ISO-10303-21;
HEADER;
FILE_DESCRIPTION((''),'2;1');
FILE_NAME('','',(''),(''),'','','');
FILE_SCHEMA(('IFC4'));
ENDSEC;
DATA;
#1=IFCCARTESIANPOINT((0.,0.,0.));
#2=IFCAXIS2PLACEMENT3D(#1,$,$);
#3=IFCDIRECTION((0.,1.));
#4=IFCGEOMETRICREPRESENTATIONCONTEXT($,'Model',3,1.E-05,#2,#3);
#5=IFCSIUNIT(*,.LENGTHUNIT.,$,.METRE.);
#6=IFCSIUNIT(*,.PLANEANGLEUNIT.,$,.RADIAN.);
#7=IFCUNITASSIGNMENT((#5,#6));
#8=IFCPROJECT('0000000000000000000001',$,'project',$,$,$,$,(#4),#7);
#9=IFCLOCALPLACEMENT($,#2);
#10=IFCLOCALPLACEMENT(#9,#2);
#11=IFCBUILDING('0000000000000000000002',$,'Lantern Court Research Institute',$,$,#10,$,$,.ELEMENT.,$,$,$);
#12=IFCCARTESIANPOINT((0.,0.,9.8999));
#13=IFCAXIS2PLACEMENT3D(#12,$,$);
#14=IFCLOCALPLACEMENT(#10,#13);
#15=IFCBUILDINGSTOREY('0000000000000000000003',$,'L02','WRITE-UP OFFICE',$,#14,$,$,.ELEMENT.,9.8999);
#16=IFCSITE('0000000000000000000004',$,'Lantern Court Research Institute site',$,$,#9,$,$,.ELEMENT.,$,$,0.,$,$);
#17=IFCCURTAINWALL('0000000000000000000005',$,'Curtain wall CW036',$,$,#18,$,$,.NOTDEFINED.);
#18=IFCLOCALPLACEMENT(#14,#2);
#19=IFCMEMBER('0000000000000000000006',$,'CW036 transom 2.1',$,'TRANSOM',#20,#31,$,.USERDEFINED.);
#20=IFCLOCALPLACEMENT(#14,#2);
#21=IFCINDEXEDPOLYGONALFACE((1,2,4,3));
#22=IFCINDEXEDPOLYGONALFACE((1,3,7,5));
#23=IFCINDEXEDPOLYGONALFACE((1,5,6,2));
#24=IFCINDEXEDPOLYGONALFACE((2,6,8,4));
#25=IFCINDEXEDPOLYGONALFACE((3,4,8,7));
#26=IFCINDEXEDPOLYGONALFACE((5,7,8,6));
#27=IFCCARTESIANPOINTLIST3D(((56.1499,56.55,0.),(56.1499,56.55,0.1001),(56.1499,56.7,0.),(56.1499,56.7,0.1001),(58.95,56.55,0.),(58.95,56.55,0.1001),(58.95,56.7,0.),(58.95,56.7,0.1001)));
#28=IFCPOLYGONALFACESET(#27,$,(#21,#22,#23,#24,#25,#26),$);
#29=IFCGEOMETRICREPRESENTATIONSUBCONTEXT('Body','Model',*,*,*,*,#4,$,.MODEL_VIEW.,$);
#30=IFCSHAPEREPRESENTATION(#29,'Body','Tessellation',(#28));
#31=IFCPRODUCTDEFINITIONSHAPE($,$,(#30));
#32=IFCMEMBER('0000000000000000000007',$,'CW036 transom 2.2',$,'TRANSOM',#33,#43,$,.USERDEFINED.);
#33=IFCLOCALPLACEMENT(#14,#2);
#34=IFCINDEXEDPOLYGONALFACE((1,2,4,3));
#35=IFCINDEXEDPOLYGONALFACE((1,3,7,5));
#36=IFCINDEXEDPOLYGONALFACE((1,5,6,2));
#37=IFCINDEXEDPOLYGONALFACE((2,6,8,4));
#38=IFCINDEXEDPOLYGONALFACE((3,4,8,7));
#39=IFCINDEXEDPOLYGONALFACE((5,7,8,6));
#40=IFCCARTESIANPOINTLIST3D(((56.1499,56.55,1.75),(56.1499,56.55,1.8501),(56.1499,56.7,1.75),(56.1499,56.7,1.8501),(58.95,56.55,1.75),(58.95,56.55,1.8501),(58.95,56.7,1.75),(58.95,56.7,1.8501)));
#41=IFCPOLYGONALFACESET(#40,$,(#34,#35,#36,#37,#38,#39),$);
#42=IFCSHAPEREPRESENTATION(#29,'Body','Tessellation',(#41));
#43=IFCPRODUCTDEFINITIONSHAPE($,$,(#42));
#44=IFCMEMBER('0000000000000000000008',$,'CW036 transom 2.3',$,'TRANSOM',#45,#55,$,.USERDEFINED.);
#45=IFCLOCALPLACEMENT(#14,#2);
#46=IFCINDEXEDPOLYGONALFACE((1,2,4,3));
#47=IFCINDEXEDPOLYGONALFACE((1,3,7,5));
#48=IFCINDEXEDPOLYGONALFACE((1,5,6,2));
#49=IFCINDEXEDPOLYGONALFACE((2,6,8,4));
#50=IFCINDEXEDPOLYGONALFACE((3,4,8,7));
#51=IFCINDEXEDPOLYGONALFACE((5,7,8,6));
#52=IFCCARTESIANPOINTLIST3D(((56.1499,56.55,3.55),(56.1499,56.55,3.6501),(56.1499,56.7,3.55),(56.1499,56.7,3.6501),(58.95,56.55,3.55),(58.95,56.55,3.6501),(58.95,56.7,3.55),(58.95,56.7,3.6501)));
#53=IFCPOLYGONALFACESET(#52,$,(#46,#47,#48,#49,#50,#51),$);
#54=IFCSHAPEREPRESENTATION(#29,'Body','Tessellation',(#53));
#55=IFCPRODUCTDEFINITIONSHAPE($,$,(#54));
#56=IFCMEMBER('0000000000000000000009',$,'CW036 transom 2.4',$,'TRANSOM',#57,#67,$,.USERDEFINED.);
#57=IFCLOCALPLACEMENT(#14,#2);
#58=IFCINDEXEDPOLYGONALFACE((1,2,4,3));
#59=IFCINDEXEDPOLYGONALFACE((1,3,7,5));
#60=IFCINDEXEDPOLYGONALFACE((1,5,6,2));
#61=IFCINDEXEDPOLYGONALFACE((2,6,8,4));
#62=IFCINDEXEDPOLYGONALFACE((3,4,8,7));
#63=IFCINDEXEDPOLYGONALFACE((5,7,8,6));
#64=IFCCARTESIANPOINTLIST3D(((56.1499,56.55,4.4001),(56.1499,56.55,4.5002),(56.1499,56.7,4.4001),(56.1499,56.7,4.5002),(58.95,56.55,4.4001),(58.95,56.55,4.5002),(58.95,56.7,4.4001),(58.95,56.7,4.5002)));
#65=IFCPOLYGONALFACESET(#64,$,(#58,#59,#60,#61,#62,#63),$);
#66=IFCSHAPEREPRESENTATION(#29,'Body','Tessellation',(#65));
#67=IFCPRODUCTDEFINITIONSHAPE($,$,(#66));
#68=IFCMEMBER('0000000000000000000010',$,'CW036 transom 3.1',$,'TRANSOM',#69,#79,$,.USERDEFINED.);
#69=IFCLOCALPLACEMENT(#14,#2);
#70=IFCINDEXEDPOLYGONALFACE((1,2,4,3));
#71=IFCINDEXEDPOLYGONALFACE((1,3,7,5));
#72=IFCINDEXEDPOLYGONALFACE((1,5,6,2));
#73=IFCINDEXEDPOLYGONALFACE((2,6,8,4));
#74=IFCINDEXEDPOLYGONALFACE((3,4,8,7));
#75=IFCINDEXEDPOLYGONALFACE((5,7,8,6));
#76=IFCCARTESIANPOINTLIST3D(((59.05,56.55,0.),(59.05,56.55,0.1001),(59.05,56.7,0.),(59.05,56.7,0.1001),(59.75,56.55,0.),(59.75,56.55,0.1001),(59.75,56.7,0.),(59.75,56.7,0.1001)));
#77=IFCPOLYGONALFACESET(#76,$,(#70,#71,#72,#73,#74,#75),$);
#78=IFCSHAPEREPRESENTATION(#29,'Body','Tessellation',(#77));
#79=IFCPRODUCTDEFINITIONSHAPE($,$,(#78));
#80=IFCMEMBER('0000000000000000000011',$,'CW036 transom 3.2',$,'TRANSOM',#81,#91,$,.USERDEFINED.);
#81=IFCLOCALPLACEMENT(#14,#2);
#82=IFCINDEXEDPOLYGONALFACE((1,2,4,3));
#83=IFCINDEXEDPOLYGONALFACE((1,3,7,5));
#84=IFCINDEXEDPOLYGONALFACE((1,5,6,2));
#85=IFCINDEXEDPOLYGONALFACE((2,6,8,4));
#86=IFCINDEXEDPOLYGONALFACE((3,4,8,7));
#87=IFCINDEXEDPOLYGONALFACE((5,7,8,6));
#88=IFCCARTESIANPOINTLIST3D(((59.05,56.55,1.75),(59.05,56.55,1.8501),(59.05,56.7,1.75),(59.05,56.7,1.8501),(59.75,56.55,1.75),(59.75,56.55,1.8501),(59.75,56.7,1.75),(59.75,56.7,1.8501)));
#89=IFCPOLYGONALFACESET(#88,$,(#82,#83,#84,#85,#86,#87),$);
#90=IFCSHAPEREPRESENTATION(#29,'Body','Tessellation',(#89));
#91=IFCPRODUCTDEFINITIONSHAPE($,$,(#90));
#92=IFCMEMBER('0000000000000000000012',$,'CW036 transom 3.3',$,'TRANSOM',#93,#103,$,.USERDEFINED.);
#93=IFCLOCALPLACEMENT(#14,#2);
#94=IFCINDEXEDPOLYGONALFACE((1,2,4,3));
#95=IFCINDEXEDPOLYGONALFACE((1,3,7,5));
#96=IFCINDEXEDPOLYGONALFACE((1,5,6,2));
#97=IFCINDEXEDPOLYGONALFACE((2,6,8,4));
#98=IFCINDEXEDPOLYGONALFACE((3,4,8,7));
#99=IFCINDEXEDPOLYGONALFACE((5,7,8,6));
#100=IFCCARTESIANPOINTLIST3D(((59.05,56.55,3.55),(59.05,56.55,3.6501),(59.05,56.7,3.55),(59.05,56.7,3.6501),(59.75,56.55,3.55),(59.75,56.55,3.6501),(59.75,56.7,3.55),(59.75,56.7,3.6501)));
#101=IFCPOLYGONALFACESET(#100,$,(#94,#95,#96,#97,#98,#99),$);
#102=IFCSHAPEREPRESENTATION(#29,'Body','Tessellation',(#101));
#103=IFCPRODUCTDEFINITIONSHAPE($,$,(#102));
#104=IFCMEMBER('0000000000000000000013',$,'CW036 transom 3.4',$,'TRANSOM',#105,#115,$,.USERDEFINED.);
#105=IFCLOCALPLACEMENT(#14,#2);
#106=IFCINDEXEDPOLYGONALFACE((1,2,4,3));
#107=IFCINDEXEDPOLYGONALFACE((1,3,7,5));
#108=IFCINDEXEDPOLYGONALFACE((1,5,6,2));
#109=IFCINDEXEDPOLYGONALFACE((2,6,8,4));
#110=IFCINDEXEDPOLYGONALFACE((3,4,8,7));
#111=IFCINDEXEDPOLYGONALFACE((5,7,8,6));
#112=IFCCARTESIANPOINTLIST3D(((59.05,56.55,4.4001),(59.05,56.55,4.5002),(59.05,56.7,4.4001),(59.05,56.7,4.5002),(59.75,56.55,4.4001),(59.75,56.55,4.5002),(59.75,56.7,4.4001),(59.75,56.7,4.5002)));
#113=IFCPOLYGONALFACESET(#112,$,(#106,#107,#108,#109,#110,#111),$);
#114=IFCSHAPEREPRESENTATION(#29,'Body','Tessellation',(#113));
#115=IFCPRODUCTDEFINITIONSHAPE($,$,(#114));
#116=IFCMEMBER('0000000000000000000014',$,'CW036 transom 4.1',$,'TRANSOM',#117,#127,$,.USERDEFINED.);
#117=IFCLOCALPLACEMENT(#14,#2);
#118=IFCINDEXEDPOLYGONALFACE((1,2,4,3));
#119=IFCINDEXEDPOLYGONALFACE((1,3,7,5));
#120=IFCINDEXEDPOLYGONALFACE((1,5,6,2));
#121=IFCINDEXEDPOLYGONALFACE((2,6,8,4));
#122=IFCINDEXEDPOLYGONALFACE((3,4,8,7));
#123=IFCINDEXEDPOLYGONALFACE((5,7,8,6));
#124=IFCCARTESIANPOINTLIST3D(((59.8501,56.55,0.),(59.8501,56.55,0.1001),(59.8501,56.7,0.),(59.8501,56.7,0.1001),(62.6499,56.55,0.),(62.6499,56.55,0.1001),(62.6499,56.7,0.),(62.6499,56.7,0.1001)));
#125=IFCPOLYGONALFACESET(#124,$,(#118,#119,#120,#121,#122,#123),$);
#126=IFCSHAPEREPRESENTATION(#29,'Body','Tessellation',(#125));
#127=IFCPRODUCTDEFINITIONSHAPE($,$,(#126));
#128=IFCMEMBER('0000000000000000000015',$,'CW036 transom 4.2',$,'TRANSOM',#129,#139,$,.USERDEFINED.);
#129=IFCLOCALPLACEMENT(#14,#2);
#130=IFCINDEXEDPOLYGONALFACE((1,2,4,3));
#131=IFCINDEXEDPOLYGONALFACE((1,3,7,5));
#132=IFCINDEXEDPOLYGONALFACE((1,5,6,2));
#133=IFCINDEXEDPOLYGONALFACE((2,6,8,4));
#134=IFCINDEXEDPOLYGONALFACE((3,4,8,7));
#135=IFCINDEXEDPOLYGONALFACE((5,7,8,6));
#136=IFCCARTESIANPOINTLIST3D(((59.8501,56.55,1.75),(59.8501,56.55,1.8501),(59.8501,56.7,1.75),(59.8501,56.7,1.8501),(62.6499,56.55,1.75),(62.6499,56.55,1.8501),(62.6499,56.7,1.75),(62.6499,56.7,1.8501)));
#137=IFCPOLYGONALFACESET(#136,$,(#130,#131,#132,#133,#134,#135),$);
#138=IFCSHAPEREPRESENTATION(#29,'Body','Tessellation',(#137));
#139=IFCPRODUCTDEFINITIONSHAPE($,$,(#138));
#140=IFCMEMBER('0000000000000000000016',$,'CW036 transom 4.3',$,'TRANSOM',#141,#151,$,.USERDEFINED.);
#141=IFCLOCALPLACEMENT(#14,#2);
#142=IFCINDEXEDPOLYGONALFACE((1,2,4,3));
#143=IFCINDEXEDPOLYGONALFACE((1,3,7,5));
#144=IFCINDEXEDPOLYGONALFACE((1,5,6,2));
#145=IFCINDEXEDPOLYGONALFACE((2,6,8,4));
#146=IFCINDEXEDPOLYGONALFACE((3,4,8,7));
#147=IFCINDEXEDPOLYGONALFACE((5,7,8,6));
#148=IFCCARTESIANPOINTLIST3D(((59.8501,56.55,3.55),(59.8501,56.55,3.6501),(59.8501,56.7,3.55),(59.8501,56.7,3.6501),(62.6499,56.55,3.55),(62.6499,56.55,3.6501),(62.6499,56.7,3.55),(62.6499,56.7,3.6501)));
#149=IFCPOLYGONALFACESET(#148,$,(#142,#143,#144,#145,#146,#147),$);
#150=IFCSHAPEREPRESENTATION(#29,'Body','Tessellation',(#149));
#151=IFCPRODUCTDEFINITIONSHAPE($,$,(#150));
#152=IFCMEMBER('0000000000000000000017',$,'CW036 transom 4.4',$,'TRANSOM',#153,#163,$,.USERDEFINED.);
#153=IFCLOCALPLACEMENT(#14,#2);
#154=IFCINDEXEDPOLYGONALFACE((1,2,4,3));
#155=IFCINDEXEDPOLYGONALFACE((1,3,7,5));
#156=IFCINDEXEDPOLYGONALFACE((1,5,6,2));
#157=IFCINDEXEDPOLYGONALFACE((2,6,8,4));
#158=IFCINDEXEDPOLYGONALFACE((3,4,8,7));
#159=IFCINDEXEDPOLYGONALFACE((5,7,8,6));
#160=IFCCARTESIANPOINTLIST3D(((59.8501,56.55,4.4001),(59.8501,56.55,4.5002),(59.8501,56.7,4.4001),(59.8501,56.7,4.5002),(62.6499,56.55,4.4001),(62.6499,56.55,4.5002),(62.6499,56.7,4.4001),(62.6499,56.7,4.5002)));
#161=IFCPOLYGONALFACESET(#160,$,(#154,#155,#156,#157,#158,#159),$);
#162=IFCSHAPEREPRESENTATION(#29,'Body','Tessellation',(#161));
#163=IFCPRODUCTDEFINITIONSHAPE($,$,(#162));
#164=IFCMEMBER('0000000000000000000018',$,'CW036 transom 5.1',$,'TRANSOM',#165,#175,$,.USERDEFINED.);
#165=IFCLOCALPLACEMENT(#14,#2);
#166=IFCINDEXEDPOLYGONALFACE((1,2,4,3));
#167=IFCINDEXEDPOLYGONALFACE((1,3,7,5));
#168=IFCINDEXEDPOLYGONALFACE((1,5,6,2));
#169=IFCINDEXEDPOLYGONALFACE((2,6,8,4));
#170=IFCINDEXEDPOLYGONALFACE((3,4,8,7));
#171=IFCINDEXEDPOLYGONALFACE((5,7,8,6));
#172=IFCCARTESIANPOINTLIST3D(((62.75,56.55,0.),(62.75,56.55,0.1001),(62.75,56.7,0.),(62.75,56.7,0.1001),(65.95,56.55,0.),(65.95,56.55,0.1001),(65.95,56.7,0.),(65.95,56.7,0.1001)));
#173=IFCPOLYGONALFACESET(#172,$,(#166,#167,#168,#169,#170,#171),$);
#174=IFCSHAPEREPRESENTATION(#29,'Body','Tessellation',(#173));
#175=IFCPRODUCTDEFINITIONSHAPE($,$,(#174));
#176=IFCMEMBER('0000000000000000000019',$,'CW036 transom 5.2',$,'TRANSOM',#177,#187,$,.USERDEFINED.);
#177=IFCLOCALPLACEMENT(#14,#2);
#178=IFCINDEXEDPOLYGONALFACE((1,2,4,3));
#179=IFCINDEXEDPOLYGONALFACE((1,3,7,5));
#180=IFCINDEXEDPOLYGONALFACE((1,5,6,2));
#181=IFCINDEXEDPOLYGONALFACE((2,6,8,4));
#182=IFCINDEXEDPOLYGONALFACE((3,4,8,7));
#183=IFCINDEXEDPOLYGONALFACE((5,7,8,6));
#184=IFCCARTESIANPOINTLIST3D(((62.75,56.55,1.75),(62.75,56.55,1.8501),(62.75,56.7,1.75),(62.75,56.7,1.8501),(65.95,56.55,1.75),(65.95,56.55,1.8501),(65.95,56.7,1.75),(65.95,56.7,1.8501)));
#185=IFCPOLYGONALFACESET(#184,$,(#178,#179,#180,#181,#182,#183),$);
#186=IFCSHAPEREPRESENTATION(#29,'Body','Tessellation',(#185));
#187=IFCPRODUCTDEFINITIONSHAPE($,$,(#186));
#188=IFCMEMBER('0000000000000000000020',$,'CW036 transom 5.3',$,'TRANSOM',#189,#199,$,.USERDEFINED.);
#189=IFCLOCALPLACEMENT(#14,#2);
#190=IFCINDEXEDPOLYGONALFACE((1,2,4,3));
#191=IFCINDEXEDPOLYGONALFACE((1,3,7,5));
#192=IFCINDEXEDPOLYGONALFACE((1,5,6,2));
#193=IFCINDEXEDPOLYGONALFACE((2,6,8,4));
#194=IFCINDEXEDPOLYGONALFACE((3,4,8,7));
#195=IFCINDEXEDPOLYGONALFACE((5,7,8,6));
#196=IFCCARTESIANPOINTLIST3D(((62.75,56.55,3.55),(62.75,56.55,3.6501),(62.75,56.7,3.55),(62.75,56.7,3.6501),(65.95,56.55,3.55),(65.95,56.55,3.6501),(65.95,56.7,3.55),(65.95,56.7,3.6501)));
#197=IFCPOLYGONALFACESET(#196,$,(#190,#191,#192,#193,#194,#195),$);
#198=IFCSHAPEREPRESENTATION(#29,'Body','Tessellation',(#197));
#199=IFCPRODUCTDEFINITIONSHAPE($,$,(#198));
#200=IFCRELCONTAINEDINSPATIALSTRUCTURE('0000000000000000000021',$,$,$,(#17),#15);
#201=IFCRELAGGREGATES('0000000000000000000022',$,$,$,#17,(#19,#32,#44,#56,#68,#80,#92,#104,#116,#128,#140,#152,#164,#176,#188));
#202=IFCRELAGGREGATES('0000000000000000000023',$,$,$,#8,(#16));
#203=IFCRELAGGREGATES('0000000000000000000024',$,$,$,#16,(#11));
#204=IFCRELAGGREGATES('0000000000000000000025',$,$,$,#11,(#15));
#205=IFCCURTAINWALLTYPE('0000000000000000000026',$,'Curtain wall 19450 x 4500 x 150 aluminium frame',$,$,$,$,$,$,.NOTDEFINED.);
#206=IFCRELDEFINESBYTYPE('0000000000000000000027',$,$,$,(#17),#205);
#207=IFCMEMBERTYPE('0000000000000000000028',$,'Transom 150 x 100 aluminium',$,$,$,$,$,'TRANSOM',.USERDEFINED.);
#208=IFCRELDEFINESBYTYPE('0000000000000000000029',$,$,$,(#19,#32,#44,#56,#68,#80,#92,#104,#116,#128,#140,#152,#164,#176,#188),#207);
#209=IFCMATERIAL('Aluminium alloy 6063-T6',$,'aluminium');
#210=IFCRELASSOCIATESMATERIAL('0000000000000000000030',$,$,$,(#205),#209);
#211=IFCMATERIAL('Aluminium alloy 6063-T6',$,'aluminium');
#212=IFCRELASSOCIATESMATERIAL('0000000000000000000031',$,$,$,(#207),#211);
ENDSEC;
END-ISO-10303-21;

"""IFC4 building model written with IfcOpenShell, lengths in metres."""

from ifc_helpers import new_model, si_unit, direction, frame, origin, origin_2d, place, context, subcontext, project, spatial, rectangle, extrude, material, material_profile, profile_set, type_object, element, aggregate, save


model = new_model("IFC4")

# Units and contexts
model_context = context("Model", 3, precision=1e-05, world=origin(), true_north=direction((0.0, 1.0)))
body_context = subcontext(model_context, "Body", "Model", "MODEL_VIEW")
ifc_project = project(units=[si_unit("LENGTHUNIT", "METRE"), si_unit("PLANEANGLEUNIT", "RADIAN")], contexts=[model_context])

# Site, building, storey
site_placement = place(None, origin())
site = spatial("IfcSite", under=ifc_project, at=site_placement, Name="Lantern Court Research Institute site", CompositionType="ELEMENT", RefElevation=0.0)
building_placement = place(site_placement, origin())
building = spatial("IfcBuilding", under=site, at=building_placement, Name="Lantern Court Research Institute", CompositionType="ELEMENT")
storey_placement = place(building_placement, frame((0.0, 0.0, 9.8999)))
storey = spatial("IfcBuildingStorey", under=building, at=storey_placement, Name="L02", Description="WRITE-UP OFFICE", CompositionType="ELEMENT", Elevation=9.8999)

# Curtain wall, members
ifc_material_1 = material(Name="Aluminium alloy 6063-T6", Category="aluminium")
curtain_wall_type = type_object("IfcCurtainWallType", Name="Curtain wall 19450 x 4500 x 150 aluminium frame", PredefinedType="NOTDEFINED", material=ifc_material_1)
curtain_wall_placement = place(storey_placement, origin())
curtain_wall = element("IfcCurtainWall", 1, at=curtain_wall_placement, inside=storey, type_object=curtain_wall_type, Name="Curtain wall CW036", PredefinedType="NOTDEFINED")
ifc_material_2 = material(Name="Aluminium alloy 6063-T6", Category="aluminium")
ifc_material_profile_1 = material_profile(ifc_material_2, rectangle(XDim=0.1499, YDim=0.1001, at=origin_2d()), Name="Transom 150 x 100")
ifc_profile_set_1 = profile_set([ifc_material_profile_1], Name="Aluminium alloy 6063-T6")
member_type_1 = type_object("IfcMemberType", Name="Transom 150 x 100 aluminium", ElementType="TRANSOM", PredefinedType="USERDEFINED", material=ifc_profile_set_1)
member_1_placement = place(storey_placement, frame((56.1499, 56.625, 0.05), z_axis=(1.0, 0.0, 0.0), x_axis=(0.0, 1.0, 0.0)))
member_1 = element("IfcMember", 2, at=member_1_placement, type_object=member_type_1, Name="CW036 transom 2.1", ObjectType="TRANSOM", PredefinedType="USERDEFINED", context=body_context, shape_type="SweptSolid", body=[
    extrude(rectangle(XDim=0.1499, YDim=0.1001, at=origin_2d()), origin(), (0.0, 0.0, 1.0), 2.8),
])
member_2_placement = place(storey_placement, frame((56.1499, 56.625, 1.8), z_axis=(1.0, 0.0, 0.0), x_axis=(0.0, 1.0, 0.0)))
member_2 = element("IfcMember", 3, at=member_2_placement, type_object=member_type_1, Name="CW036 transom 2.2", ObjectType="TRANSOM", PredefinedType="USERDEFINED", context=body_context, shape_type="SweptSolid", body=[
    extrude(rectangle(XDim=0.1499, YDim=0.1001, at=origin_2d()), origin(), (0.0, 0.0, 1.0), 2.8),
])
member_3_placement = place(storey_placement, frame((56.1499, 56.625, 3.6001), z_axis=(1.0, 0.0, 0.0), x_axis=(0.0, 1.0, 0.0)))
member_3 = element("IfcMember", 4, at=member_3_placement, type_object=member_type_1, Name="CW036 transom 2.3", ObjectType="TRANSOM", PredefinedType="USERDEFINED", context=body_context, shape_type="SweptSolid", body=[
    extrude(rectangle(XDim=0.1499, YDim=0.1001, at=origin_2d()), origin(), (0.0, 0.0, 1.0), 2.8),
])
member_4_placement = place(storey_placement, frame((56.1499, 56.625, 4.4502), z_axis=(1.0, 0.0, 0.0), x_axis=(0.0, 1.0, 0.0)))
member_4 = element("IfcMember", 5, at=member_4_placement, type_object=member_type_1, Name="CW036 transom 2.4", ObjectType="TRANSOM", PredefinedType="USERDEFINED", context=body_context, shape_type="SweptSolid", body=[
    extrude(rectangle(XDim=0.1499, YDim=0.1001, at=origin_2d()), origin(), (0.0, 0.0, 1.0), 2.8),
])
member_5_placement = place(storey_placement, frame((59.05, 56.625, 0.05), z_axis=(1.0, 0.0, 0.0), x_axis=(0.0, 1.0, 0.0)))
member_5 = element("IfcMember", 6, at=member_5_placement, type_object=member_type_1, Name="CW036 transom 3.1", ObjectType="TRANSOM", PredefinedType="USERDEFINED", context=body_context, shape_type="SweptSolid", body=[
    extrude(rectangle(XDim=0.1499, YDim=0.1001, at=origin_2d()), origin(), (0.0, 0.0, 1.0), 0.7),
])
member_6_placement = place(storey_placement, frame((59.05, 56.625, 1.8), z_axis=(1.0, 0.0, 0.0), x_axis=(0.0, 1.0, 0.0)))
member_6 = element("IfcMember", 7, at=member_6_placement, type_object=member_type_1, Name="CW036 transom 3.2", ObjectType="TRANSOM", PredefinedType="USERDEFINED", context=body_context, shape_type="SweptSolid", body=[
    extrude(rectangle(XDim=0.1499, YDim=0.1001, at=origin_2d()), origin(), (0.0, 0.0, 1.0), 0.7),
])
member_7_placement = place(storey_placement, frame((59.05, 56.625, 3.6001), z_axis=(1.0, 0.0, 0.0), x_axis=(0.0, 1.0, 0.0)))
member_7 = element("IfcMember", 8, at=member_7_placement, type_object=member_type_1, Name="CW036 transom 3.3", ObjectType="TRANSOM", PredefinedType="USERDEFINED", context=body_context, shape_type="SweptSolid", body=[
    extrude(rectangle(XDim=0.1499, YDim=0.1001, at=origin_2d()), origin(), (0.0, 0.0, 1.0), 0.7),
])
member_8_placement = place(storey_placement, frame((59.05, 56.625, 4.4502), z_axis=(1.0, 0.0, 0.0), x_axis=(0.0, 1.0, 0.0)))
member_8 = element("IfcMember", 9, at=member_8_placement, type_object=member_type_1, Name="CW036 transom 3.4", ObjectType="TRANSOM", PredefinedType="USERDEFINED", context=body_context, shape_type="SweptSolid", body=[
    extrude(rectangle(XDim=0.1499, YDim=0.1001, at=origin_2d()), origin(), (0.0, 0.0, 1.0), 0.7),
])
member_9_placement = place(storey_placement, frame((59.8501, 56.625, 0.05), z_axis=(1.0, 0.0, 0.0), x_axis=(0.0, 1.0, 0.0)))
member_9 = element("IfcMember", 10, at=member_9_placement, type_object=member_type_1, Name="CW036 transom 4.1", ObjectType="TRANSOM", PredefinedType="USERDEFINED", context=body_context, shape_type="SweptSolid", body=[
    extrude(rectangle(XDim=0.1499, YDim=0.1001, at=origin_2d()), origin(), (0.0, 0.0, 1.0), 2.7998),
])
member_10_placement = place(storey_placement, frame((59.8501, 56.625, 1.8), z_axis=(1.0, 0.0, 0.0), x_axis=(0.0, 1.0, 0.0)))
member_10 = element("IfcMember", 11, at=member_10_placement, type_object=member_type_1, Name="CW036 transom 4.2", ObjectType="TRANSOM", PredefinedType="USERDEFINED", context=body_context, shape_type="SweptSolid", body=[
    extrude(rectangle(XDim=0.1499, YDim=0.1001, at=origin_2d()), origin(), (0.0, 0.0, 1.0), 2.7998),
])
member_11_placement = place(storey_placement, frame((59.8501, 56.625, 3.6001), z_axis=(1.0, 0.0, 0.0), x_axis=(0.0, 1.0, 0.0)))
member_11 = element("IfcMember", 12, at=member_11_placement, type_object=member_type_1, Name="CW036 transom 4.3", ObjectType="TRANSOM", PredefinedType="USERDEFINED", context=body_context, shape_type="SweptSolid", body=[
    extrude(rectangle(XDim=0.1499, YDim=0.1001, at=origin_2d()), origin(), (0.0, 0.0, 1.0), 2.7998),
])
member_12_placement = place(storey_placement, frame((59.8501, 56.625, 4.4502), z_axis=(1.0, 0.0, 0.0), x_axis=(0.0, 1.0, 0.0)))
member_12 = element("IfcMember", 13, at=member_12_placement, type_object=member_type_1, Name="CW036 transom 4.4", ObjectType="TRANSOM", PredefinedType="USERDEFINED", context=body_context, shape_type="SweptSolid", body=[
    extrude(rectangle(XDim=0.1499, YDim=0.1001, at=origin_2d()), origin(), (0.0, 0.0, 1.0), 2.7998),
])
member_13_placement = place(storey_placement, frame((62.75, 56.625, 0.05), z_axis=(1.0, 0.0, 0.0), x_axis=(0.0, 1.0, 0.0)))
member_13 = element("IfcMember", 14, at=member_13_placement, type_object=member_type_1, Name="CW036 transom 5.1", ObjectType="TRANSOM", PredefinedType="USERDEFINED", context=body_context, shape_type="SweptSolid", body=[
    extrude(rectangle(XDim=0.1499, YDim=0.1001, at=origin_2d()), origin(), (0.0, 0.0, 1.0), 3.2),
])
member_14_placement = place(storey_placement, frame((62.75, 56.625, 1.8), z_axis=(1.0, 0.0, 0.0), x_axis=(0.0, 1.0, 0.0)))
member_14 = element("IfcMember", 15, at=member_14_placement, type_object=member_type_1, Name="CW036 transom 5.2", ObjectType="TRANSOM", PredefinedType="USERDEFINED", context=body_context, shape_type="SweptSolid", body=[
    extrude(rectangle(XDim=0.1499, YDim=0.1001, at=origin_2d()), origin(), (0.0, 0.0, 1.0), 3.2),
])
member_15_placement = place(storey_placement, frame((62.75, 56.625, 3.6001), z_axis=(1.0, 0.0, 0.0), x_axis=(0.0, 1.0, 0.0)))
member_15 = element("IfcMember", 16, at=member_15_placement, type_object=member_type_1, Name="CW036 transom 5.3", ObjectType="TRANSOM", PredefinedType="USERDEFINED", context=body_context, shape_type="SweptSolid", body=[
    extrude(rectangle(XDim=0.1499, YDim=0.1001, at=origin_2d()), origin(), (0.0, 0.0, 1.0), 3.2),
])
aggregate(curtain_wall, [member_1, member_2, member_3, member_4, member_5, member_6, member_7, member_8, member_9, member_10, member_11, member_12, member_13, member_14, member_15])

save(model, "model.ifc")
